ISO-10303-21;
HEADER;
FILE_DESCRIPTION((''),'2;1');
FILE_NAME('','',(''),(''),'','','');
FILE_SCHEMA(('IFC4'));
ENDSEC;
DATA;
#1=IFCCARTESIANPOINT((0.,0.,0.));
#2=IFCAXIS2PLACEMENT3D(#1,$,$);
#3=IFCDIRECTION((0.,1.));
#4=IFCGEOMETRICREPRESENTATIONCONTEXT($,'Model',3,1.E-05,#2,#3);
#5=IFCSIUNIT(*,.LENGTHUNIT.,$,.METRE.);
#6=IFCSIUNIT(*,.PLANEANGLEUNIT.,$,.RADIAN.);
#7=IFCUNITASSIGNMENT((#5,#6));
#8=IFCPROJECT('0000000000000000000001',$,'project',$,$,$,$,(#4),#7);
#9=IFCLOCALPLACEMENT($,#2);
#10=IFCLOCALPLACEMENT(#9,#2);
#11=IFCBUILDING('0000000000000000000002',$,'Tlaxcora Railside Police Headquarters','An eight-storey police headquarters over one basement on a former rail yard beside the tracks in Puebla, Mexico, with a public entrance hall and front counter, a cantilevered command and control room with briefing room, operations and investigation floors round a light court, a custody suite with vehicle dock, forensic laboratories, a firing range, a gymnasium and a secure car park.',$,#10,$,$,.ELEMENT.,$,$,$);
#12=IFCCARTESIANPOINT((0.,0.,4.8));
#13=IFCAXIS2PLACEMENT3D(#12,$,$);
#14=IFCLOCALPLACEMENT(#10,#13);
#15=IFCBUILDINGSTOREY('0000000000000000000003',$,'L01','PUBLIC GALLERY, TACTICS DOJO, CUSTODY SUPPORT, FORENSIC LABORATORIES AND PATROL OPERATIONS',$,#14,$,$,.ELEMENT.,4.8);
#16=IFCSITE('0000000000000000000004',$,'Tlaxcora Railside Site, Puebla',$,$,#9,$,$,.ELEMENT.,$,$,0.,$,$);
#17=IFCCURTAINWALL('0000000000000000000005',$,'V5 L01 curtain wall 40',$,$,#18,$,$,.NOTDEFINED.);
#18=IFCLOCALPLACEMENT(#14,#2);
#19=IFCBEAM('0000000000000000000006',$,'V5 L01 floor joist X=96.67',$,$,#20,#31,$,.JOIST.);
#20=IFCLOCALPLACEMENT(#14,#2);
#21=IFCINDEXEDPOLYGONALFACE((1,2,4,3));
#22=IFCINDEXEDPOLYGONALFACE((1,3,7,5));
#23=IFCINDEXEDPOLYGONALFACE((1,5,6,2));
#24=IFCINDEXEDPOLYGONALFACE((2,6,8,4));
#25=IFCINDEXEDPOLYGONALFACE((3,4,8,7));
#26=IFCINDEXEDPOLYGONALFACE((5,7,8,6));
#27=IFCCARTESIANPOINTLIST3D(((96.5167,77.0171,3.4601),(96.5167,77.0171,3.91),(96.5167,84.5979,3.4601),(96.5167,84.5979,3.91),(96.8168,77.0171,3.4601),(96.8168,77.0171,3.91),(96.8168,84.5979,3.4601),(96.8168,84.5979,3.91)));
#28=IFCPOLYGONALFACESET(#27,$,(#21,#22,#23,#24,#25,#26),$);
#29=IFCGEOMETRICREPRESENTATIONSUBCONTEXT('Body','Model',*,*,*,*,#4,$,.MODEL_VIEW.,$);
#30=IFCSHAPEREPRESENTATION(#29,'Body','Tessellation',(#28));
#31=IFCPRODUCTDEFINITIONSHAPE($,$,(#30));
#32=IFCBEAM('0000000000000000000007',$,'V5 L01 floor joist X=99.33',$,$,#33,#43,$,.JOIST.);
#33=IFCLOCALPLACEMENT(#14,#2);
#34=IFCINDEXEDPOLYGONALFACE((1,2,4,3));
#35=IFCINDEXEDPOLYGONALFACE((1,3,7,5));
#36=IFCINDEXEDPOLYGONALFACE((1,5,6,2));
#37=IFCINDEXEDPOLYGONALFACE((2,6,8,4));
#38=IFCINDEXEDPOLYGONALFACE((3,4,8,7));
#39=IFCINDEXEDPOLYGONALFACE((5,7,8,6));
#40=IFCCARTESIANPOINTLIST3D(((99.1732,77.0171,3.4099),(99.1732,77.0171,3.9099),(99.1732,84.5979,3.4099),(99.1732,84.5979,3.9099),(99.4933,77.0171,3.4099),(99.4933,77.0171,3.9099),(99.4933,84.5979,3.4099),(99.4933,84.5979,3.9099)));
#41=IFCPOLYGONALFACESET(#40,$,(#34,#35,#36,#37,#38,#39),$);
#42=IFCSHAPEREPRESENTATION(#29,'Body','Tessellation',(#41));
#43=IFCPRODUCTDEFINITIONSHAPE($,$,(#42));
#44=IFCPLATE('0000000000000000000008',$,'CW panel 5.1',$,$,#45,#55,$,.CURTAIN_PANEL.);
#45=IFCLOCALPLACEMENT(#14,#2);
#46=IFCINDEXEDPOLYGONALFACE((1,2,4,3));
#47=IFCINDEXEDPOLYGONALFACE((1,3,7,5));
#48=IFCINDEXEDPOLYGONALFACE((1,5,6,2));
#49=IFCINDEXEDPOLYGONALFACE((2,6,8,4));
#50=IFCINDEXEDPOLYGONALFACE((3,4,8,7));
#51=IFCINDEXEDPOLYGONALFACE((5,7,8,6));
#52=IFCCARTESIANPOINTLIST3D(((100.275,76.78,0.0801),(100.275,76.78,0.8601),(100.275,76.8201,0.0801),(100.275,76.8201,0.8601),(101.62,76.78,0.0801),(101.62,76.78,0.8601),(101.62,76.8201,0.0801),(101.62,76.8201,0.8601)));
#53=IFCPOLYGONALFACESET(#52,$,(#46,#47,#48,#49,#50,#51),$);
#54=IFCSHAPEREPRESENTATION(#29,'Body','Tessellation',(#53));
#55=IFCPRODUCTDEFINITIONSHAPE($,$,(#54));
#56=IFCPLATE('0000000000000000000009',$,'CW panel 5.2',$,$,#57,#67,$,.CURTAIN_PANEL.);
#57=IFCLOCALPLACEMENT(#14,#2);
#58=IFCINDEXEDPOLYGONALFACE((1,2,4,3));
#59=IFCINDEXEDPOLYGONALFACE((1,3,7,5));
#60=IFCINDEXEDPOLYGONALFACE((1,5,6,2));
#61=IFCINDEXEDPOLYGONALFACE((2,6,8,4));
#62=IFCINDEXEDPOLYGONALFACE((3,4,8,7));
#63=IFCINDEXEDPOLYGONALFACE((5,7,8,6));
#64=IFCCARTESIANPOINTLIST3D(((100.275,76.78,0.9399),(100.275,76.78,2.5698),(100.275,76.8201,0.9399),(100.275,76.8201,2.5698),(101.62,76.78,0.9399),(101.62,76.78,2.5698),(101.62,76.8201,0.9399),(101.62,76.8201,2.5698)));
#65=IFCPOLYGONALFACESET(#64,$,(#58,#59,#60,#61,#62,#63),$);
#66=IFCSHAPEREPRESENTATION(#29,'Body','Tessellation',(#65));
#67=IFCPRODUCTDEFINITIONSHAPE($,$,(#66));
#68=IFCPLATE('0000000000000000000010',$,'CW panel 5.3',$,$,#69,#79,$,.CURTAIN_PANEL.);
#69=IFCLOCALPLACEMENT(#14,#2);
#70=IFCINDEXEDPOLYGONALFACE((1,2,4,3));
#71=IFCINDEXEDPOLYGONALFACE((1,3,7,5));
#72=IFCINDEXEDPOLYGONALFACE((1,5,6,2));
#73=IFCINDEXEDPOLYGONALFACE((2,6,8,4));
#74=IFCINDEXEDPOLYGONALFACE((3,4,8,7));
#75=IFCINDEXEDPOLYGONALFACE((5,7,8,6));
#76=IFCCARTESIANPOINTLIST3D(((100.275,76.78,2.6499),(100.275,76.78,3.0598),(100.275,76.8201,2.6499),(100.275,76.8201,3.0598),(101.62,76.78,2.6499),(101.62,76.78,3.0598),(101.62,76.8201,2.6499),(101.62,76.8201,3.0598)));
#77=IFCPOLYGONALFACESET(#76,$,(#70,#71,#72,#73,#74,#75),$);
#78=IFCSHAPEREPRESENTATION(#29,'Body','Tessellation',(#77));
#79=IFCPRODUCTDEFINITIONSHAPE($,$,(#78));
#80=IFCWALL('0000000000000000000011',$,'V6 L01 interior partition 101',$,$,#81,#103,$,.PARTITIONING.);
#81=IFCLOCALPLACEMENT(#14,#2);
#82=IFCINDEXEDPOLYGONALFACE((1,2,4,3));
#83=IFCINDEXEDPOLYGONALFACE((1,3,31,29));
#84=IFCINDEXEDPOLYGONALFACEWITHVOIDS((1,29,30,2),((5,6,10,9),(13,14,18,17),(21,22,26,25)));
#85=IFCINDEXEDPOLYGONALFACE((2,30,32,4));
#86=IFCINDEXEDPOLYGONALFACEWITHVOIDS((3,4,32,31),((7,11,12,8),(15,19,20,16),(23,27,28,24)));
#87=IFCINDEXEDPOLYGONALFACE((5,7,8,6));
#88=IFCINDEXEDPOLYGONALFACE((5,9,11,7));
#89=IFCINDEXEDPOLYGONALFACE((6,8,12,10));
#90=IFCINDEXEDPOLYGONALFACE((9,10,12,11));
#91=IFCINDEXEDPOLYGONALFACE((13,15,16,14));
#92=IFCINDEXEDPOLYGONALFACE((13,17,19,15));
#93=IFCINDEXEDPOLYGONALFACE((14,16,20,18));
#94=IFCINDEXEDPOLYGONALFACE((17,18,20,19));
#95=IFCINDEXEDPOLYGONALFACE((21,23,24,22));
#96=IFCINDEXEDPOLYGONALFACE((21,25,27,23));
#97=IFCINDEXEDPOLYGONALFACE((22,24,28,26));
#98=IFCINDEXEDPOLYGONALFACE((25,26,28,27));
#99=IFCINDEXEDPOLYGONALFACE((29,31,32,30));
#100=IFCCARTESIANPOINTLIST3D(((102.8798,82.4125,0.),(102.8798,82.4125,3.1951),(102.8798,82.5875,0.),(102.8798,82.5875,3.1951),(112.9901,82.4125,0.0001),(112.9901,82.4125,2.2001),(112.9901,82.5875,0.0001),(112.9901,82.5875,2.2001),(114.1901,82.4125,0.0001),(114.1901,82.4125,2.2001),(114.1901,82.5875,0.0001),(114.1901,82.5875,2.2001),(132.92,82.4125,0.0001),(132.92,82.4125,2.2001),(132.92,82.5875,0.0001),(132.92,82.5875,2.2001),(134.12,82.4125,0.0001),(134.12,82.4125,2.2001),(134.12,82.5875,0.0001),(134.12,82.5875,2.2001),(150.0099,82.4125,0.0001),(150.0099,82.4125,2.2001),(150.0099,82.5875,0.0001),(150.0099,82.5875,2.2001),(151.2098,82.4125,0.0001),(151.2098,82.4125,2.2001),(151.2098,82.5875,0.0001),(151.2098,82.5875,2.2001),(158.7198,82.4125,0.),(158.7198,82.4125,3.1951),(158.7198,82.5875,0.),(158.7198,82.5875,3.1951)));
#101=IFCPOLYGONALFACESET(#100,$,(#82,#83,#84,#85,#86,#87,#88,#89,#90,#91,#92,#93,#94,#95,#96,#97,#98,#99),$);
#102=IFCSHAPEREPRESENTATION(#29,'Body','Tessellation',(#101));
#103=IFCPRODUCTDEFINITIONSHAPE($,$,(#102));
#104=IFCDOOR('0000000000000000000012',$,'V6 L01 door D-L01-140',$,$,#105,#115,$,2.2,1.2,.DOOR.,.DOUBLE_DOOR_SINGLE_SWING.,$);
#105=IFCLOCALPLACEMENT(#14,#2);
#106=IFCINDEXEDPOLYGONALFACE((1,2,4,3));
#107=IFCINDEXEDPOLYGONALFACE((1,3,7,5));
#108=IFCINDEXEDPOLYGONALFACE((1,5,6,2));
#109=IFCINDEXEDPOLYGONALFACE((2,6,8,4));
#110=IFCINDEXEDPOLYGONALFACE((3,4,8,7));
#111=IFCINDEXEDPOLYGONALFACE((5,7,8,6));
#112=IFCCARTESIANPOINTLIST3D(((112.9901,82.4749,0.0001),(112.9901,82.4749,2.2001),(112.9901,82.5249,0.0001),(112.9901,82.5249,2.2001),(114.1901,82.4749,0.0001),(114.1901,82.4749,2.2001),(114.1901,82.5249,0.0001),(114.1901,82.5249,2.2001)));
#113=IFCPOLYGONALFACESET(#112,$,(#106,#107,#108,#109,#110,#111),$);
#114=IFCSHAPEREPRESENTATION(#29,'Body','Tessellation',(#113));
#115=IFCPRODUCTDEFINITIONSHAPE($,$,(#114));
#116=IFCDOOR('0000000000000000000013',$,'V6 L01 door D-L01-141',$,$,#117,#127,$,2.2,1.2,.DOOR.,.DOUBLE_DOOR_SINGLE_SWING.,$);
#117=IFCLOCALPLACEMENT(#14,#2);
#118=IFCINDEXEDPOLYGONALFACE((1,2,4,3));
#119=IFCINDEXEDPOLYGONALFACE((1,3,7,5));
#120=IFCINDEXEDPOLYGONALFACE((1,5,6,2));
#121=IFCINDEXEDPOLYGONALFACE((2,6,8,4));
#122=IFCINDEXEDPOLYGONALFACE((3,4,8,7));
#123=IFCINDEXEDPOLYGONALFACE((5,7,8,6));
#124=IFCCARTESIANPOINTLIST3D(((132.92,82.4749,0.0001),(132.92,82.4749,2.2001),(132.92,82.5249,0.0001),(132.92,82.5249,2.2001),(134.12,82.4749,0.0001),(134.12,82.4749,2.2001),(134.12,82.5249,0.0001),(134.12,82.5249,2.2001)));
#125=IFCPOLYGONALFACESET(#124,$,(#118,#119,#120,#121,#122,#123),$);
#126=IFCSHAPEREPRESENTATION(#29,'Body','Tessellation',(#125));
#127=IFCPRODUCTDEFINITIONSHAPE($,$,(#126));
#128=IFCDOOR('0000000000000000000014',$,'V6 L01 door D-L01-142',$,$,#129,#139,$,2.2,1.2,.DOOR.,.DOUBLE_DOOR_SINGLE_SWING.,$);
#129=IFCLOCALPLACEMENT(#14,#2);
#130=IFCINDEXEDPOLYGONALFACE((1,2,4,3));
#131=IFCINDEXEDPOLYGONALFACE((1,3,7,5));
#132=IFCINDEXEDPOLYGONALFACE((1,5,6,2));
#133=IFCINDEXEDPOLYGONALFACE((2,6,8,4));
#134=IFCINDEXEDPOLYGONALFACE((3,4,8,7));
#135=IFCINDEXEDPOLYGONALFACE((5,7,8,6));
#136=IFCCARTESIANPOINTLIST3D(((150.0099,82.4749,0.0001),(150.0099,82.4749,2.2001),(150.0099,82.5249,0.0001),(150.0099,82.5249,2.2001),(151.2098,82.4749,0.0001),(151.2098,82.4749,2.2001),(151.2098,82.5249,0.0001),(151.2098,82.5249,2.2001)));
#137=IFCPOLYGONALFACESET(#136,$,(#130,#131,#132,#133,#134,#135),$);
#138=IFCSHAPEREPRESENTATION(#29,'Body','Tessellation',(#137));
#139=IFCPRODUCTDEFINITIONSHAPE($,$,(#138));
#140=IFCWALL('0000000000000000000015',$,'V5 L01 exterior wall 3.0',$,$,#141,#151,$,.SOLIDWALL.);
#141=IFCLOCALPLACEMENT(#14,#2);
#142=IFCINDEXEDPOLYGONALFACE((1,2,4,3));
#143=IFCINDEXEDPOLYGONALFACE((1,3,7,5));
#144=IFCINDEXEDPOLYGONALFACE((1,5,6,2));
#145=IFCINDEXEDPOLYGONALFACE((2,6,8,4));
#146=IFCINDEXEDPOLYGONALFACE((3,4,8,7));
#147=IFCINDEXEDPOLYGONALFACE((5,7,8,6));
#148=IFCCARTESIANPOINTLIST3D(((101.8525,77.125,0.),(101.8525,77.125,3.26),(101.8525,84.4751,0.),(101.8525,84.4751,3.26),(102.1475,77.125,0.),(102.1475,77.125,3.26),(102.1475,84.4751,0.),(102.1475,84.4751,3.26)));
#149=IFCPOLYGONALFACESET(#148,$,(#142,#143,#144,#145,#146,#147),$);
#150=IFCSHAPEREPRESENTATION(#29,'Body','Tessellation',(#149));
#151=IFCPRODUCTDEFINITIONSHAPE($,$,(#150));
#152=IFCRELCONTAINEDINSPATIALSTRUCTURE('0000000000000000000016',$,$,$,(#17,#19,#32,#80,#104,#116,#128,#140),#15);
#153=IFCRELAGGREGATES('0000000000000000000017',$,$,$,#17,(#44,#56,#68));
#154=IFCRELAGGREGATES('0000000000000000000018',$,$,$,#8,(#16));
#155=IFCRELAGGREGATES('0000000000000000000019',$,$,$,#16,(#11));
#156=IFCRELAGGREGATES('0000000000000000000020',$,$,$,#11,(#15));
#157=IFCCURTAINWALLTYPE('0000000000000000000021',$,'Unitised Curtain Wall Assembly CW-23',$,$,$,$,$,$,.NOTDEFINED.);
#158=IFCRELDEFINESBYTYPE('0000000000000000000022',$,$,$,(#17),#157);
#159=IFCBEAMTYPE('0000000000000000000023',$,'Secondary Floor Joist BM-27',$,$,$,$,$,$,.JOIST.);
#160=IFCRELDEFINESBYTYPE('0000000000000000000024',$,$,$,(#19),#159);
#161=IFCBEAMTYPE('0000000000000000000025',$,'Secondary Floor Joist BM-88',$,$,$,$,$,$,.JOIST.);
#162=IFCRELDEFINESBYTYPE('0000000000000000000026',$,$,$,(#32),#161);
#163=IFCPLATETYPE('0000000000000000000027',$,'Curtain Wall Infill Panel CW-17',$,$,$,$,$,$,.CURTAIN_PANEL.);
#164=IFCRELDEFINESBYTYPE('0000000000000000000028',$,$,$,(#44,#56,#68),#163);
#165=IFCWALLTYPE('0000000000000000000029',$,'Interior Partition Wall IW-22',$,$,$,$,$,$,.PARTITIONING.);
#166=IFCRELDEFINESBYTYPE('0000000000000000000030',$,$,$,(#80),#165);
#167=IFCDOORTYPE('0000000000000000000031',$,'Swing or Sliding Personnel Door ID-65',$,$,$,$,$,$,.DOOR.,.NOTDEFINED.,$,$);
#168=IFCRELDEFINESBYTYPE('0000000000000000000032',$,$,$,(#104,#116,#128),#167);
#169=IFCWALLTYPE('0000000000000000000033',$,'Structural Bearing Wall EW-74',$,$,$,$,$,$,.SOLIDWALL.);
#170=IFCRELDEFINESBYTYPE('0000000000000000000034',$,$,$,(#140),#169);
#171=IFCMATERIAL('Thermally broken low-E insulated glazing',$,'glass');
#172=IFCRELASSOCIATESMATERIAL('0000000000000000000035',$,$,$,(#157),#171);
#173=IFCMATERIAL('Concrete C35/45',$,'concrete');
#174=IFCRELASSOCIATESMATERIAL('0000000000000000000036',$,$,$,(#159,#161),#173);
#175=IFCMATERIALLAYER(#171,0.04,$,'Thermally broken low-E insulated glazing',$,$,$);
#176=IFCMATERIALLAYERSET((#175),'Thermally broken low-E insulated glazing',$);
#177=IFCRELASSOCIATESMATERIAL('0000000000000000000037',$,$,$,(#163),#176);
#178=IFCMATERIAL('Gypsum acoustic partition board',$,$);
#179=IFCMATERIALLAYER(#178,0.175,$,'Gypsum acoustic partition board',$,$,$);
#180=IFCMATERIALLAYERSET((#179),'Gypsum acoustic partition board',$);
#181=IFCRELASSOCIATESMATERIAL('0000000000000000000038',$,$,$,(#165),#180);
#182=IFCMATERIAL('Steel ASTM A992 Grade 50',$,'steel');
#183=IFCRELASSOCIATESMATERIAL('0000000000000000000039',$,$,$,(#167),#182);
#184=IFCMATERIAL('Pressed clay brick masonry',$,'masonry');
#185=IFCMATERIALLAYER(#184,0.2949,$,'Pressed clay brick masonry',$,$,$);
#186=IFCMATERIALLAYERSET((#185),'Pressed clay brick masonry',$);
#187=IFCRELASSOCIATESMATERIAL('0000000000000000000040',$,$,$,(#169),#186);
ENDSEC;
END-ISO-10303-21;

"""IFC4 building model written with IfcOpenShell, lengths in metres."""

from ifc_helpers import new_model, si_unit, direction, frame, frame_2d, origin, origin_2d, place, context, subcontext, project, spatial, rectangle, extrude, material, layer, layer_set, material_profile, profile_set, type_object, element, fill, aggregate, save


model = new_model("IFC4")

# Units and contexts
model_context = context("Model", 3, precision=1e-05, world=origin(), true_north=direction((0.0, 1.0)))
body_context = subcontext(model_context, "Body", "Model", "MODEL_VIEW")
ifc_project = project(units=[si_unit("LENGTHUNIT", "METRE"), si_unit("PLANEANGLEUNIT", "RADIAN")], contexts=[model_context])

# Site, building, storey
site_placement = place(None, origin())
site = spatial("IfcSite", under=ifc_project, at=site_placement, Name="Tlaxcora Railside Site, Puebla", CompositionType="ELEMENT", RefElevation=0.0)
building_placement = place(site_placement, origin())
building = spatial("IfcBuilding", under=site, at=building_placement, Name="Tlaxcora Railside Police Headquarters", Description="An eight-storey police headquarters over one basement on a former rail yard beside the tracks in Puebla, Mexico, with a public entrance hall and front counter, a cantilevered command and control room with briefing room, operations and investigation floors round a light court, a custody suite with vehicle dock, forensic laboratories, a firing range, a gymnasium and a secure car park.", CompositionType="ELEMENT")
storey_placement = place(building_placement, frame((0.0, 0.0, 4.8)))
storey = spatial("IfcBuildingStorey", under=building, at=storey_placement, Name="L01", Description="PUBLIC GALLERY, TACTICS DOJO, CUSTODY SUPPORT, FORENSIC LABORATORIES AND PATROL OPERATIONS", CompositionType="ELEMENT", Elevation=4.8)

# Curtain wall
ifc_material_1 = material(Name="Thermally broken low-E insulated glazing", Category="glass")
curtain_wall_type = type_object("IfcCurtainWallType", Name="Unitised Curtain Wall Assembly CW-23", PredefinedType="NOTDEFINED", material=ifc_material_1)
curtain_wall_placement = place(storey_placement, origin())
curtain_wall = element("IfcCurtainWall", 1, at=curtain_wall_placement, inside=storey, type_object=curtain_wall_type, Name="V5 L01 curtain wall 40", PredefinedType="NOTDEFINED")

# Beams
ifc_material_2 = material(Name="Concrete C35/45", Category="concrete")
ifc_material_profile_1 = material_profile(ifc_material_2, rectangle(XDim=0.3, YDim=0.45, at=origin_2d()), Name="RC300X450")
ifc_profile_set_1 = profile_set([ifc_material_profile_1], Name="Concrete C35/45")
beam_type_1 = type_object("IfcBeamType", Name="Secondary Floor Joist BM-27", PredefinedType="JOIST", material=ifc_profile_set_1)
beam_1_placement = place(storey_placement, frame((96.6667, 77.0171, 3.6851), z_axis=(0.0, 1.0, 0.0), x_axis=(-1.0, 0.0, 0.0)))
element("IfcBeam", 2, at=beam_1_placement, inside=storey, type_object=beam_type_1, Name="V5 L01 floor joist X=96.67", PredefinedType="JOIST", context=body_context, shape_type="SweptSolid", body=[
    extrude(rectangle(XDim=0.3, YDim=0.45, at=origin_2d()), origin(), (0.0, 0.0, 1.0), 7.5808),
])
ifc_material_profile_2 = material_profile(ifc_material_2, rectangle(XDim=0.3201, YDim=0.5, at=origin_2d()), Name="RC320X500")
ifc_profile_set_2 = profile_set([ifc_material_profile_2], Name="Concrete C35/45")
beam_type_2 = type_object("IfcBeamType", Name="Secondary Floor Joist BM-88", PredefinedType="JOIST", material=ifc_profile_set_2)
beam_2_placement = place(storey_placement, frame((99.3333, 77.0171, 3.6599), z_axis=(0.0, 1.0, 0.0), x_axis=(-1.0, 0.0, 0.0)))
element("IfcBeam", 3, at=beam_2_placement, inside=storey, type_object=beam_type_2, Name="V5 L01 floor joist X=99.33", PredefinedType="JOIST", context=body_context, shape_type="SweptSolid", body=[
    extrude(rectangle(XDim=0.3201, YDim=0.5, at=origin_2d()), origin(), (0.0, 0.0, 1.0), 7.5808),
])

# Plates
ifc_layer_1 = layer(ifc_material_1, 0.04, Name="Thermally broken low-E insulated glazing")
ifc_layer_set_1 = layer_set([ifc_layer_1], Name="Thermally broken low-E insulated glazing")
plate_type = type_object("IfcPlateType", Name="Curtain Wall Infill Panel CW-17", PredefinedType="CURTAIN_PANEL", material=ifc_layer_set_1)
plate_1_placement = place(storey_placement, frame((100.9475, 76.8, 0.0801), z_axis=(0.0, 0.0, 1.0), x_axis=(1.0, 0.0, 0.0)))
plate_1 = element("IfcPlate", 4, at=plate_1_placement, type_object=plate_type, Name="CW panel 5.1", PredefinedType="CURTAIN_PANEL", context=body_context, shape_type="SweptSolid", body=[
    extrude(rectangle(XDim=1.345, YDim=0.04, at=origin_2d()), origin(), (0.0, 0.0, 1.0), 0.78),
])
plate_2_placement = place(storey_placement, frame((100.9475, 76.8, 0.9399), z_axis=(0.0, 0.0, 1.0), x_axis=(1.0, 0.0, 0.0)))
plate_2 = element("IfcPlate", 5, at=plate_2_placement, type_object=plate_type, Name="CW panel 5.2", PredefinedType="CURTAIN_PANEL", context=body_context, shape_type="SweptSolid", body=[
    extrude(rectangle(XDim=1.345, YDim=0.04, at=origin_2d()), origin(), (0.0, 0.0, 1.0), 1.6299),
])
plate_3_placement = place(storey_placement, frame((100.9475, 76.8, 2.6499), z_axis=(0.0, 0.0, 1.0), x_axis=(1.0, 0.0, 0.0)))
plate_3 = element("IfcPlate", 6, at=plate_3_placement, type_object=plate_type, Name="CW panel 5.3", PredefinedType="CURTAIN_PANEL", context=body_context, shape_type="SweptSolid", body=[
    extrude(rectangle(XDim=1.345, YDim=0.04, at=origin_2d()), origin(), (0.0, 0.0, 1.0), 0.4099),
])
aggregate(curtain_wall, [plate_1, plate_2, plate_3])

# Wall, openings, doors
ifc_material_3 = material(Name="Gypsum acoustic partition board")
ifc_layer_2 = layer(ifc_material_3, 0.175, Name="Gypsum acoustic partition board")
ifc_layer_set_2 = layer_set([ifc_layer_2], Name="Gypsum acoustic partition board")
wall_type_1 = type_object("IfcWallType", Name="Interior Partition Wall IW-22", PredefinedType="PARTITIONING", material=ifc_layer_set_2)
wall_1_placement = place(storey_placement, frame((102.8799, 82.5, 0.0), z_axis=(0.0, 0.0, 1.0), x_axis=(1.0, 0.0, 0.0)))
wall_1 = element("IfcWall", 7, at=wall_1_placement, inside=storey, type_object=wall_type_1, Name="V6 L01 interior partition 101", PredefinedType="PARTITIONING", context=body_context, shape_type="SweptSolid", body=[
    extrude(rectangle(XDim=55.8401, YDim=0.175, at=frame_2d((27.9199, 0.0))), origin(), (0.0, 0.0, 1.0), 3.1951),
])
opening_1_placement = place(wall_1_placement, frame((10.1101, 0.0, 0.0)))
opening_1 = element("IfcOpeningElement", 8, at=opening_1_placement, cuts=wall_1, PredefinedType="OPENING", context=body_context, shape_type="SweptSolid", body=[
    extrude(rectangle(XDim=1.2, YDim=2.2, at=frame_2d((0.6001, 1.1001))), frame((0.0, 0.0977, 0.0), z_axis=(0.0, -1.0, 0.0), x_axis=(1.0, 0.0, 0.0)), (0.0, 0.0, 1.0), 0.1951),
])
opening_2_placement = place(wall_1_placement, frame((30.04, 0.0, 0.0)))
opening_2 = element("IfcOpeningElement", 9, at=opening_2_placement, cuts=wall_1, PredefinedType="OPENING", context=body_context, shape_type="SweptSolid", body=[
    extrude(rectangle(XDim=1.2, YDim=2.2, at=frame_2d((0.6001, 1.1001))), frame((0.0, 0.0977, 0.0), z_axis=(0.0, -1.0, 0.0), x_axis=(1.0, 0.0, 0.0)), (0.0, 0.0, 1.0), 0.1951),
])
opening_3_placement = place(wall_1_placement, frame((47.1299, 0.0, 0.0)))
opening_3 = element("IfcOpeningElement", 10, at=opening_3_placement, cuts=wall_1, PredefinedType="OPENING", context=body_context, shape_type="SweptSolid", body=[
    extrude(rectangle(XDim=1.2, YDim=2.2, at=frame_2d((0.6001, 1.1001))), frame((0.0, 0.0977, 0.0), z_axis=(0.0, -1.0, 0.0), x_axis=(1.0, 0.0, 0.0)), (0.0, 0.0, 1.0), 0.1951),
])
ifc_material_4 = material(Name="Steel ASTM A992 Grade 50", Category="steel")
door_type = type_object("IfcDoorType", Name="Swing or Sliding Personnel Door ID-65", OperationType="NOTDEFINED", PredefinedType="DOOR", material=ifc_material_4)
door_1_placement = place(opening_1_placement, origin())
door_1 = element("IfcDoor", 11, at=door_1_placement, inside=storey, type_object=door_type, Name="V6 L01 door D-L01-140", OperationType="DOUBLE_DOOR_SINGLE_SWING", OverallHeight=2.2, OverallWidth=1.2, PredefinedType="DOOR", context=body_context, shape_type="SweptSolid", body=[
    extrude(rectangle(XDim=1.2, YDim=2.2, at=frame_2d((0.6001, 1.1001))), frame((0.0, 0.0249, 0.0), z_axis=(0.0, -1.0, 0.0), x_axis=(1.0, 0.0, 0.0)), (0.0, 0.0, 1.0), 0.05),
])
fill(opening_1, door_1)
door_2_placement = place(opening_2_placement, origin())
door_2 = element("IfcDoor", 12, at=door_2_placement, inside=storey, type_object=door_type, Name="V6 L01 door D-L01-141", OperationType="DOUBLE_DOOR_SINGLE_SWING", OverallHeight=2.2, OverallWidth=1.2, PredefinedType="DOOR", context=body_context, shape_type="SweptSolid", body=[
    extrude(rectangle(XDim=1.2, YDim=2.2, at=frame_2d((0.6001, 1.1001))), frame((0.0, 0.0249, 0.0), z_axis=(0.0, -1.0, 0.0), x_axis=(1.0, 0.0, 0.0)), (0.0, 0.0, 1.0), 0.05),
])
fill(opening_2, door_2)
door_3_placement = place(opening_3_placement, origin())
door_3 = element("IfcDoor", 13, at=door_3_placement, inside=storey, type_object=door_type, Name="V6 L01 door D-L01-142", OperationType="DOUBLE_DOOR_SINGLE_SWING", OverallHeight=2.2, OverallWidth=1.2, PredefinedType="DOOR", context=body_context, shape_type="SweptSolid", body=[
    extrude(rectangle(XDim=1.2, YDim=2.2, at=frame_2d((0.6001, 1.1001))), frame((0.0, 0.0249, 0.0), z_axis=(0.0, -1.0, 0.0), x_axis=(1.0, 0.0, 0.0)), (0.0, 0.0, 1.0), 0.05),
])
fill(opening_3, door_3)

# Wall
ifc_material_5 = material(Name="Pressed clay brick masonry", Category="masonry")
ifc_layer_3 = layer(ifc_material_5, 0.2949, Name="Pressed clay brick masonry")
ifc_layer_set_3 = layer_set([ifc_layer_3], Name="Pressed clay brick masonry")
wall_type_2 = type_object("IfcWallType", Name="Structural Bearing Wall EW-74", PredefinedType="SOLIDWALL", material=ifc_layer_set_3)
wall_2_placement = place(storey_placement, frame((102.0, 77.125, 0.0), z_axis=(0.0, 0.0, 1.0), x_axis=(0.0, 1.0, 0.0)))
element("IfcWall", 14, at=wall_2_placement, inside=storey, type_object=wall_type_2, Name="V5 L01 exterior wall 3.0", PredefinedType="SOLIDWALL", context=body_context, shape_type="SweptSolid", body=[
    extrude(rectangle(XDim=7.3501, YDim=0.2949, at=frame_2d((3.675, 0.0))), origin(), (0.0, 0.0, 1.0), 3.26),
])

save(model, "model.ifc")
